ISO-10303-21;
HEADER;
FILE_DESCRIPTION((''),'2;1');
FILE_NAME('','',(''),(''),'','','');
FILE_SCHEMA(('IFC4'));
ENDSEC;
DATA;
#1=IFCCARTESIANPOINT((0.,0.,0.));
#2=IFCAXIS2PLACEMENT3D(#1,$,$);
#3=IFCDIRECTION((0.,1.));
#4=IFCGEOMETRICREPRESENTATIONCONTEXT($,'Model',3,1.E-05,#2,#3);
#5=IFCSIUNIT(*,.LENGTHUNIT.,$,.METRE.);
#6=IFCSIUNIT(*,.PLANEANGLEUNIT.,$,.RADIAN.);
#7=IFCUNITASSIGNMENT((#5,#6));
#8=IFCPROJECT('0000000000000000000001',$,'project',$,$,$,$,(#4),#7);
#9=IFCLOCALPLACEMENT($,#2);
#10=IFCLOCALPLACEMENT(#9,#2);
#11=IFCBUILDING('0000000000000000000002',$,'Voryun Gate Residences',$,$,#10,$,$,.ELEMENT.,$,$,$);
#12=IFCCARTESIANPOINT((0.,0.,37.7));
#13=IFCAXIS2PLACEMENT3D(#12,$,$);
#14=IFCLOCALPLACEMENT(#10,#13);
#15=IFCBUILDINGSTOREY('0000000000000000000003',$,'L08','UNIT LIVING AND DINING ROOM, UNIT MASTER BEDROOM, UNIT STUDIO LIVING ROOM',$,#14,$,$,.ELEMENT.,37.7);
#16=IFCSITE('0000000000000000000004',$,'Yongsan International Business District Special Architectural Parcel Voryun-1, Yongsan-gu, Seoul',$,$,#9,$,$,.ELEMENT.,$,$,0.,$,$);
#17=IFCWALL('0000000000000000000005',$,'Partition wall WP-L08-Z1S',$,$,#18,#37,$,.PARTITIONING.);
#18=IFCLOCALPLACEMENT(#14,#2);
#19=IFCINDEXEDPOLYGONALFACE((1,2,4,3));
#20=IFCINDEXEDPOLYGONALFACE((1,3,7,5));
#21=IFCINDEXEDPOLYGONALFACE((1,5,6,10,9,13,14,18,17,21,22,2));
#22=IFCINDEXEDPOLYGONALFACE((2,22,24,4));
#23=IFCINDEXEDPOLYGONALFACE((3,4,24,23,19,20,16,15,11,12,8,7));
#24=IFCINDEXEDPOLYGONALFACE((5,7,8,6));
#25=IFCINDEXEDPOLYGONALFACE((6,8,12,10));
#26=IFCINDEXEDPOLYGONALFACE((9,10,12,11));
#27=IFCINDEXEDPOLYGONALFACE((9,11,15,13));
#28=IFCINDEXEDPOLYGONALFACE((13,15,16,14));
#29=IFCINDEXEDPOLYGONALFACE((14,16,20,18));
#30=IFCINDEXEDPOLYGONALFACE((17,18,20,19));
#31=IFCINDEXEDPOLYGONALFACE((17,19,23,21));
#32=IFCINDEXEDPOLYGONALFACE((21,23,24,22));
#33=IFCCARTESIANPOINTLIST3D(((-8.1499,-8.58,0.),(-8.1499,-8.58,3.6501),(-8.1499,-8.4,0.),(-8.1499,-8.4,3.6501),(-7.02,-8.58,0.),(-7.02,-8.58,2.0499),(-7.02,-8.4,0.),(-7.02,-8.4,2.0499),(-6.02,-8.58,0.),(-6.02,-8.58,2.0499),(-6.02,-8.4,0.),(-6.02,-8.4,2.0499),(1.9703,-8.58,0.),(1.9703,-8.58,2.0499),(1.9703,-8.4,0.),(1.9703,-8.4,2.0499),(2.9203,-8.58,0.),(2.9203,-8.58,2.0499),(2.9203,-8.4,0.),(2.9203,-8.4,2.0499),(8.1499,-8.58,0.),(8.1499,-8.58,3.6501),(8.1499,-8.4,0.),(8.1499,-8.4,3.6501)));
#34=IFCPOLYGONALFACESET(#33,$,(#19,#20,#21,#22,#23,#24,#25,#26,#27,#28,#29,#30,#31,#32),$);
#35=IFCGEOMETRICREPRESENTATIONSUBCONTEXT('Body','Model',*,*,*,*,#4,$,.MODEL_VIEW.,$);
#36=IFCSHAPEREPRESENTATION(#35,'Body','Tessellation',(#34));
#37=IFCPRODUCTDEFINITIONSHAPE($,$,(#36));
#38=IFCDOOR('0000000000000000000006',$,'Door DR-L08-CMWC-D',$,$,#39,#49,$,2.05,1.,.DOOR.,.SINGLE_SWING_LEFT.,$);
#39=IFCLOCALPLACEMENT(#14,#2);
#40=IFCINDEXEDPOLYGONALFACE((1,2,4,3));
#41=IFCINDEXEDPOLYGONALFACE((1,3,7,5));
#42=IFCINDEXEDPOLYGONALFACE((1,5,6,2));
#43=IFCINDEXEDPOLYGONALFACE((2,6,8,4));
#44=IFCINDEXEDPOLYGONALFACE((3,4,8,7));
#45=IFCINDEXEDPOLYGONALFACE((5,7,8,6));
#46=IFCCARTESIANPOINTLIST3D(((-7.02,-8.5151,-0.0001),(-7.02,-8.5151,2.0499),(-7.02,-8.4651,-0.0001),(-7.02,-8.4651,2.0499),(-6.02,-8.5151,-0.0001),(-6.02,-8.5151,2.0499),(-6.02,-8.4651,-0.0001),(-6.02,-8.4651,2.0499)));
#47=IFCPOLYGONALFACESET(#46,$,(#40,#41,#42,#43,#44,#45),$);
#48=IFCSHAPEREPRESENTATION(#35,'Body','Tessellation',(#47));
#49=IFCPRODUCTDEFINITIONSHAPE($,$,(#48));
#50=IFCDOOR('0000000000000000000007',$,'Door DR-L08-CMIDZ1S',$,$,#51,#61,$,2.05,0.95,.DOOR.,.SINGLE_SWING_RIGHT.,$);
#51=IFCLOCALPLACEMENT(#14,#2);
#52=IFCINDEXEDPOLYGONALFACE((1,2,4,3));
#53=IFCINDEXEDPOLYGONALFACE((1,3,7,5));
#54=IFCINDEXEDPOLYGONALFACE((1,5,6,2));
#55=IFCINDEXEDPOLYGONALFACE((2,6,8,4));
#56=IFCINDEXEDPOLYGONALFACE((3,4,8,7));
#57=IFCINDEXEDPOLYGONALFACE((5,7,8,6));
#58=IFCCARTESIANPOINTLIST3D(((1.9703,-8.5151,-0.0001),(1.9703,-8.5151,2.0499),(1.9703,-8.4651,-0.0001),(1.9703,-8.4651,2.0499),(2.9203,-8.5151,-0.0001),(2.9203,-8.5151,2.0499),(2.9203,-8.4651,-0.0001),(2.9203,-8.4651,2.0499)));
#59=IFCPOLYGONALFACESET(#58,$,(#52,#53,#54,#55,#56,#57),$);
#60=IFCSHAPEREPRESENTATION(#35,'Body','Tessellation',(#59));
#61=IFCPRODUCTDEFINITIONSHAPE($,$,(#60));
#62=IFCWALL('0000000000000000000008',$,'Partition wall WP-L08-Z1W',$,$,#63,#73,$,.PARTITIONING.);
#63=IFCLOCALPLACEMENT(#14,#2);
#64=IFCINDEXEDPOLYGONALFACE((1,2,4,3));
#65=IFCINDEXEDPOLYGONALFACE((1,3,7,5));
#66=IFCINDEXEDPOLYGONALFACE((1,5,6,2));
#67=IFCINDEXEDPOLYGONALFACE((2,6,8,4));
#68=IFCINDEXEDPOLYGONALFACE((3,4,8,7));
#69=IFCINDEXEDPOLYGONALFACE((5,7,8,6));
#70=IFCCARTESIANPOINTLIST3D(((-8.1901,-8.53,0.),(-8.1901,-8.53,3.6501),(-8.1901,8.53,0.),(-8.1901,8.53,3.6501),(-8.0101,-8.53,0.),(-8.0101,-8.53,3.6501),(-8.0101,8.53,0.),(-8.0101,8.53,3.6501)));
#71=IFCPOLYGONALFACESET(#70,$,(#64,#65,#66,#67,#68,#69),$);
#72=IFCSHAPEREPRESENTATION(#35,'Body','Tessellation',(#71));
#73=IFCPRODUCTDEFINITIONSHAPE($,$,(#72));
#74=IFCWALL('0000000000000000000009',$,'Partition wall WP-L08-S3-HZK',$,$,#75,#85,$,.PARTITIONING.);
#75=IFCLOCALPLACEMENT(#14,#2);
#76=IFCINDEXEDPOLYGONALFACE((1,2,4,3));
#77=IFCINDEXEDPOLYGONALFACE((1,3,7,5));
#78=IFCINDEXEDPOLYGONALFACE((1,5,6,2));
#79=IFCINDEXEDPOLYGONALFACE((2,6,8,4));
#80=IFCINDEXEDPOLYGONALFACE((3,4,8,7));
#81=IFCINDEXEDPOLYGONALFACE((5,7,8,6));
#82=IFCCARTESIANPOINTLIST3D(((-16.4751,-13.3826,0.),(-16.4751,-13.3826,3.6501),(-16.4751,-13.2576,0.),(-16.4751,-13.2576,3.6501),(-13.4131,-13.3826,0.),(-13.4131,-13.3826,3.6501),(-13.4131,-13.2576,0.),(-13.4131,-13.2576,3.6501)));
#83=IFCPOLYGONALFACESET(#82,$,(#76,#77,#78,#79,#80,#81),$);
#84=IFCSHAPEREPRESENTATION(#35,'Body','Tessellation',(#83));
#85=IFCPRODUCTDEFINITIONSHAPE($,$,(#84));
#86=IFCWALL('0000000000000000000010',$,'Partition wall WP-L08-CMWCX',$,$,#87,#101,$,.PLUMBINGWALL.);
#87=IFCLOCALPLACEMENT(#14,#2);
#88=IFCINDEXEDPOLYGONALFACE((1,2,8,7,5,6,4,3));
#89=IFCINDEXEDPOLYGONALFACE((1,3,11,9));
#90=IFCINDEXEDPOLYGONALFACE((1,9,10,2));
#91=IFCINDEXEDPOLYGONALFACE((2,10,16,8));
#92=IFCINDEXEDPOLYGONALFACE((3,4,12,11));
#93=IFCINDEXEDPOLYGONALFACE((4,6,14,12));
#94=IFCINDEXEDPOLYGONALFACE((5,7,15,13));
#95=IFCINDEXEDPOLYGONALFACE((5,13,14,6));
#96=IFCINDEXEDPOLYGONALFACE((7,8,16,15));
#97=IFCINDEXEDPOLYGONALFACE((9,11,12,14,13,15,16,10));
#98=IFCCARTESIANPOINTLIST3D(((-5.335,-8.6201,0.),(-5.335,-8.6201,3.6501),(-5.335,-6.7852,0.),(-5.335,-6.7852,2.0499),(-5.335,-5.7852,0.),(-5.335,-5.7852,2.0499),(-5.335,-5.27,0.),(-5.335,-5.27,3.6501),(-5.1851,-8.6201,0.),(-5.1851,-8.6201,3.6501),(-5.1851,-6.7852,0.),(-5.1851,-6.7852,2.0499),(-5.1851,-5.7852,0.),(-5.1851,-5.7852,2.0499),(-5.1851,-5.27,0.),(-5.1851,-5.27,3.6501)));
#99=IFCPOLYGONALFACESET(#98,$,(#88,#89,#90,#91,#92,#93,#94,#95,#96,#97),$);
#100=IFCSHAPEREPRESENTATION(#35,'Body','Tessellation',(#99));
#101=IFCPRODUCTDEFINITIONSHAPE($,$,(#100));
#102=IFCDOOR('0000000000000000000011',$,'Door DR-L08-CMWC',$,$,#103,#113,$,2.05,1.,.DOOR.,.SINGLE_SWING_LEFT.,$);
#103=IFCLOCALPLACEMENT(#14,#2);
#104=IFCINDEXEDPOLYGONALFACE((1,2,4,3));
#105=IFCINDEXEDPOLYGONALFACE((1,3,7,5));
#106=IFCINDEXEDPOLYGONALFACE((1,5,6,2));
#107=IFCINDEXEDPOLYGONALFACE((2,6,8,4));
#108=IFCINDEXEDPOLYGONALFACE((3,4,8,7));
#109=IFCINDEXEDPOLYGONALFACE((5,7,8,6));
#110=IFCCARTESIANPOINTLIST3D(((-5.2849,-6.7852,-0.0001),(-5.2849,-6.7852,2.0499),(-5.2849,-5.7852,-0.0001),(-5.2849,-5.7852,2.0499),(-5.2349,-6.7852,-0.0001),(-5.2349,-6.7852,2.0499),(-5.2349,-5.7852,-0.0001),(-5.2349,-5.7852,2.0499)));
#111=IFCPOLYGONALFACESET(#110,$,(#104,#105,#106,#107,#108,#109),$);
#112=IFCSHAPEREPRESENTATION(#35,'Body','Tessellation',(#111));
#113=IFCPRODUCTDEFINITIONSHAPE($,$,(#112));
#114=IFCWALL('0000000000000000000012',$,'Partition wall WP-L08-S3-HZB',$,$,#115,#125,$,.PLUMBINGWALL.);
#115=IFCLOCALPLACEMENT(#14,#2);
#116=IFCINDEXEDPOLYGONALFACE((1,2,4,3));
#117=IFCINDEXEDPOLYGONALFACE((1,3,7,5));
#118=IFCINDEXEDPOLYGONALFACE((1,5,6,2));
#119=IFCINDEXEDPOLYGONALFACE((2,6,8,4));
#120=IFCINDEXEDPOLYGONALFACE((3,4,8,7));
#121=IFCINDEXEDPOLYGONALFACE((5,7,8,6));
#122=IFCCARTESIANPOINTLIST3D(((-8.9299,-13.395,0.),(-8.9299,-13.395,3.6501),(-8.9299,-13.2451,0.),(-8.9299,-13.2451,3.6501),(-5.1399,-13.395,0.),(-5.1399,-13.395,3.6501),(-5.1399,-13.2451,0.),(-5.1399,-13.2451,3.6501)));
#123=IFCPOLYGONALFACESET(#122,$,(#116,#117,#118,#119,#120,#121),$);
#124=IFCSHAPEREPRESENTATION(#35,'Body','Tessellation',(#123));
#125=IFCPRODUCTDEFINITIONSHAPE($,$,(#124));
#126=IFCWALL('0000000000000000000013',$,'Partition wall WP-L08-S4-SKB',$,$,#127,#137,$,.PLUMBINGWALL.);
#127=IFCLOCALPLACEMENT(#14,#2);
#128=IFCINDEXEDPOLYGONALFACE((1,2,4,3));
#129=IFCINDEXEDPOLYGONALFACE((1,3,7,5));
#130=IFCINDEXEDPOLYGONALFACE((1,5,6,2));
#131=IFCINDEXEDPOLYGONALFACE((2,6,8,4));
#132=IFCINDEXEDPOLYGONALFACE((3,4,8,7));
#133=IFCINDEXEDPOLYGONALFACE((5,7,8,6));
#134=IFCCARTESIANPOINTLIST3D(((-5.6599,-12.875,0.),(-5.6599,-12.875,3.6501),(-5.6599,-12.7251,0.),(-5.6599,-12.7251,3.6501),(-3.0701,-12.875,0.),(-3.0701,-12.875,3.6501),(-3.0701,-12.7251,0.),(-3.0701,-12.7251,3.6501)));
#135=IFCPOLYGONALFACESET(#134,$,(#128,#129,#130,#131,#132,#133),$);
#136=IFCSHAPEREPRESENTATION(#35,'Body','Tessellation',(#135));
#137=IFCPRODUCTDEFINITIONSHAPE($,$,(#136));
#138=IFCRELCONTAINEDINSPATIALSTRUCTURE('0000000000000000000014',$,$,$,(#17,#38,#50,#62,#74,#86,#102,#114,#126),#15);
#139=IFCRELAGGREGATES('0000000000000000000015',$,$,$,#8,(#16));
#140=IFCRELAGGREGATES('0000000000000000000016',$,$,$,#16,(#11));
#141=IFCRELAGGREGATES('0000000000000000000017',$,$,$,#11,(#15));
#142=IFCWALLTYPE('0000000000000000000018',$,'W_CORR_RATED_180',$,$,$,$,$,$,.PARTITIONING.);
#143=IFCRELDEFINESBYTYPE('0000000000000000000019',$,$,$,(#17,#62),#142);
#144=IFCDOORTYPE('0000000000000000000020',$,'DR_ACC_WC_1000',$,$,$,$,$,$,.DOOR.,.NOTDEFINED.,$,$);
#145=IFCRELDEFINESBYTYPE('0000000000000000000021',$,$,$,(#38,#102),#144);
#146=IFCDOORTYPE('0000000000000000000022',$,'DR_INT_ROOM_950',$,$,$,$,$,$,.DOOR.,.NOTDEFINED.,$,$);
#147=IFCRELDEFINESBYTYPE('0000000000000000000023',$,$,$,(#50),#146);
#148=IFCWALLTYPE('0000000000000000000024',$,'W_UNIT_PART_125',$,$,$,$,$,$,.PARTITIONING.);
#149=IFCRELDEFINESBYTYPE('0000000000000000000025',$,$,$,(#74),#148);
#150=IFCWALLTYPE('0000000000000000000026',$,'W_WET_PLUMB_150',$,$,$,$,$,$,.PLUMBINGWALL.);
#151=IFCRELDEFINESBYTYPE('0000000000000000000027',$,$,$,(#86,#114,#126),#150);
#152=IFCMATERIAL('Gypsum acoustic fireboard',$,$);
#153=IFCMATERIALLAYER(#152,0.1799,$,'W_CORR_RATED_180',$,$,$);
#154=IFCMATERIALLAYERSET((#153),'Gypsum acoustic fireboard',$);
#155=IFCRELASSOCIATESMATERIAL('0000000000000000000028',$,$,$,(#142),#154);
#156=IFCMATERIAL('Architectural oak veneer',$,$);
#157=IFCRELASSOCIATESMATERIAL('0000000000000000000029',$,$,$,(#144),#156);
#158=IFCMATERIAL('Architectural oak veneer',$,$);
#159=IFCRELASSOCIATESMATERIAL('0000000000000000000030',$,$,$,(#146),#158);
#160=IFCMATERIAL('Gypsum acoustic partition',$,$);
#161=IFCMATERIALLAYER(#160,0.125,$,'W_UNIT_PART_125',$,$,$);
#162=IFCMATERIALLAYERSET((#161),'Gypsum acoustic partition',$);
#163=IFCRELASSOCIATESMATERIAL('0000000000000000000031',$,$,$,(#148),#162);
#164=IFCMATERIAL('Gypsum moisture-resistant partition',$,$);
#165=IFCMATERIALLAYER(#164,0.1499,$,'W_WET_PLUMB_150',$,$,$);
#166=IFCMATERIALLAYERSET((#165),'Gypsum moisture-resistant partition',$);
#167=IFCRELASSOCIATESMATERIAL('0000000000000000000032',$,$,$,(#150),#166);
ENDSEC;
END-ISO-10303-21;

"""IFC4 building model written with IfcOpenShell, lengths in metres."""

from ifc_helpers import new_model, si_unit, direction, frame, frame_2d, origin, place, context, subcontext, project, spatial, rectangle, extrude, material, layer, layer_set, type_object, element, fill, save


model = new_model("IFC4")

# Units and contexts
model_context = context("Model", 3, precision=1e-05, world=origin(), true_north=direction((0.0, 1.0)))
body_context = subcontext(model_context, "Body", "Model", "MODEL_VIEW")
ifc_project = project(units=[si_unit("LENGTHUNIT", "METRE"), si_unit("PLANEANGLEUNIT", "RADIAN")], contexts=[model_context])

# Site, building, storey
site_placement = place(None, origin())
site = spatial("IfcSite", under=ifc_project, at=site_placement, Name="Yongsan International Business District Special Architectural Parcel Voryun-1, Yongsan-gu, Seoul", CompositionType="ELEMENT", RefElevation=0.0)
building_placement = place(site_placement, origin())
building = spatial("IfcBuilding", under=site, at=building_placement, Name="Voryun Gate Residences", CompositionType="ELEMENT")
storey_placement = place(building_placement, frame((0.0, 0.0, 37.7)))
storey = spatial("IfcBuildingStorey", under=building, at=storey_placement, Name="L08", Description="UNIT LIVING AND DINING ROOM, UNIT MASTER BEDROOM, UNIT STUDIO LIVING ROOM", CompositionType="ELEMENT", Elevation=37.7)

# Shared definitions
ifc_material_1 = material(Name="Gypsum acoustic fireboard")
ifc_layer_1 = layer(ifc_material_1, 0.1799, Name="W_CORR_RATED_180")
ifc_layer_set_1 = layer_set([ifc_layer_1], Name="Gypsum acoustic fireboard")
wall_type_1 = type_object("IfcWallType", Name="W_CORR_RATED_180", PredefinedType="PARTITIONING", material=ifc_layer_set_1)

# Wall, openings, doors
wall_1_placement = place(storey_placement, frame((-8.1499, -8.49, 0.0), z_axis=(0.0, 0.0, 1.0), x_axis=(1.0, 0.0, 0.0)))
wall_1 = element("IfcWall", 1, at=wall_1_placement, inside=storey, type_object=wall_type_1, Name="Partition wall WP-L08-Z1S", PredefinedType="PARTITIONING", context=body_context, shape_type="SweptSolid", body=[
    extrude(rectangle(XDim=16.2998, YDim=0.1799, at=frame_2d((8.1499, 0.0))), origin(), (0.0, 0.0, 1.0), 3.6501),
])
opening_1_placement = place(wall_1_placement, frame((1.1299, 0.0, 0.0)))
opening_1 = element("IfcOpeningElement", 2, at=opening_1_placement, cuts=wall_1, PredefinedType="OPENING", context=body_context, shape_type="SweptSolid", body=[
    extrude(rectangle(XDim=1.0, YDim=2.05, at=frame_2d((0.5, 1.0249))), frame((0.0, 0.0999, 0.0), z_axis=(0.0, -1.0, 0.0), x_axis=(1.0, 0.0, 0.0)), (0.0, 0.0, 1.0), 0.2),
])
opening_2_placement = place(wall_1_placement, frame((10.1201, 0.0, 0.0)))
opening_2 = element("IfcOpeningElement", 3, at=opening_2_placement, cuts=wall_1, PredefinedType="OPENING", context=body_context, shape_type="SweptSolid", body=[
    extrude(rectangle(XDim=0.95, YDim=2.05, at=frame_2d((0.4751, 1.0249))), frame((0.0, 0.0999, 0.0), z_axis=(0.0, -1.0, 0.0), x_axis=(1.0, 0.0, 0.0)), (0.0, 0.0, 1.0), 0.2),
])
ifc_material_2 = material(Name="Architectural oak veneer")
door_type_1 = type_object("IfcDoorType", Name="DR_ACC_WC_1000", OperationType="NOTDEFINED", PredefinedType="DOOR", material=ifc_material_2)
door_1_placement = place(opening_1_placement, origin())
door_1 = element("IfcDoor", 4, at=door_1_placement, inside=storey, type_object=door_type_1, Name="Door DR-L08-CMWC-D", OperationType="SINGLE_SWING_LEFT", OverallHeight=2.05, OverallWidth=1.0, PredefinedType="DOOR", context=body_context, shape_type="SweptSolid", body=[
    extrude(rectangle(XDim=1.0, YDim=2.05, at=frame_2d((0.5, 1.0249))), frame((0.0, 0.0249, 0.0), z_axis=(0.0, -1.0, 0.0), x_axis=(1.0, 0.0, 0.0)), (0.0, 0.0, 1.0), 0.05),
])
fill(opening_1, door_1)
ifc_material_3 = material(Name="Architectural oak veneer")
door_type_2 = type_object("IfcDoorType", Name="DR_INT_ROOM_950", OperationType="NOTDEFINED", PredefinedType="DOOR", material=ifc_material_3)
door_2_placement = place(opening_2_placement, origin())
door_2 = element("IfcDoor", 5, at=door_2_placement, inside=storey, type_object=door_type_2, Name="Door DR-L08-CMIDZ1S", OperationType="SINGLE_SWING_RIGHT", OverallHeight=2.05, OverallWidth=0.95, PredefinedType="DOOR", context=body_context, shape_type="SweptSolid", body=[
    extrude(rectangle(XDim=0.95, YDim=2.05, at=frame_2d((0.4751, 1.0249))), frame((0.0, 0.0249, 0.0), z_axis=(0.0, -1.0, 0.0), x_axis=(1.0, 0.0, 0.0)), (0.0, 0.0, 1.0), 0.05),
])
fill(opening_2, door_2)

# Walls
wall_2_placement = place(storey_placement, frame((-8.1001, -8.53, 0.0), z_axis=(0.0, 0.0, 1.0), x_axis=(0.0, 1.0, 0.0)))
element("IfcWall", 6, at=wall_2_placement, inside=storey, type_object=wall_type_1, Name="Partition wall WP-L08-Z1W", PredefinedType="PARTITIONING", context=body_context, shape_type="SweptSolid", body=[
    extrude(rectangle(XDim=17.0601, YDim=0.1799, at=frame_2d((8.53, 0.0))), origin(), (0.0, 0.0, 1.0), 3.6501),
])
ifc_material_4 = material(Name="Gypsum acoustic partition")
ifc_layer_2 = layer(ifc_material_4, 0.125, Name="W_UNIT_PART_125")
ifc_layer_set_2 = layer_set([ifc_layer_2], Name="Gypsum acoustic partition")
wall_type_2 = type_object("IfcWallType", Name="W_UNIT_PART_125", PredefinedType="PARTITIONING", material=ifc_layer_set_2)
wall_3_placement = place(storey_placement, frame((-16.4751, -13.3201, 0.0), z_axis=(0.0, 0.0, 1.0), x_axis=(1.0, 0.0, 0.0)))
element("IfcWall", 7, at=wall_3_placement, inside=storey, type_object=wall_type_2, Name="Partition wall WP-L08-S3-HZK", PredefinedType="PARTITIONING", context=body_context, shape_type="SweptSolid", body=[
    extrude(rectangle(XDim=3.062, YDim=0.125, at=frame_2d((1.531, 0.0))), origin(), (0.0, 0.0, 1.0), 3.6501),
])

# Wall, opening, door
ifc_material_5 = material(Name="Gypsum moisture-resistant partition")
ifc_layer_3 = layer(ifc_material_5, 0.1499, Name="W_WET_PLUMB_150")
ifc_layer_set_3 = layer_set([ifc_layer_3], Name="Gypsum moisture-resistant partition")
wall_type_3 = type_object("IfcWallType", Name="W_WET_PLUMB_150", PredefinedType="PLUMBINGWALL", material=ifc_layer_set_3)
wall_4_placement = place(storey_placement, frame((-5.26, -8.6201, 0.0), z_axis=(0.0, 0.0, 1.0), x_axis=(0.0, 1.0, 0.0)))
wall_4 = element("IfcWall", 8, at=wall_4_placement, inside=storey, type_object=wall_type_3, Name="Partition wall WP-L08-CMWCX", PredefinedType="PLUMBINGWALL", context=body_context, shape_type="SweptSolid", body=[
    extrude(rectangle(XDim=3.3501, YDim=0.1499, at=frame_2d((1.675, 0.0))), origin(), (0.0, 0.0, 1.0), 3.6501),
])
opening_3_placement = place(wall_4_placement, frame((1.835, 0.0, 0.0)))
opening_3 = element("IfcOpeningElement", 9, at=opening_3_placement, cuts=wall_4, PredefinedType="OPENING", context=body_context, shape_type="SweptSolid", body=[
    extrude(rectangle(XDim=1.0, YDim=2.05, at=frame_2d((0.5, 1.0249))), frame((0.0, 0.085, 0.0), z_axis=(0.0, -1.0, 0.0), x_axis=(1.0, 0.0, 0.0)), (0.0, 0.0, 1.0), 0.1699),
])
door_3_placement = place(opening_3_placement, origin())
door_3 = element("IfcDoor", 10, at=door_3_placement, inside=storey, type_object=door_type_1, Name="Door DR-L08-CMWC", OperationType="SINGLE_SWING_LEFT", OverallHeight=2.05, OverallWidth=1.0, PredefinedType="DOOR", context=body_context, shape_type="SweptSolid", body=[
    extrude(rectangle(XDim=1.0, YDim=2.05, at=frame_2d((0.5, 1.0249))), frame((0.0, 0.0249, 0.0), z_axis=(0.0, -1.0, 0.0), x_axis=(1.0, 0.0, 0.0)), (0.0, 0.0, 1.0), 0.05),
])
fill(opening_3, door_3)

# Walls
wall_5_placement = place(storey_placement, frame((-8.9299, -13.3201, 0.0), z_axis=(0.0, 0.0, 1.0), x_axis=(1.0, 0.0, 0.0)))
element("IfcWall", 11, at=wall_5_placement, inside=storey, type_object=wall_type_3, Name="Partition wall WP-L08-S3-HZB", PredefinedType="PLUMBINGWALL", context=body_context, shape_type="SweptSolid", body=[
    extrude(rectangle(XDim=3.79, YDim=0.1499, at=frame_2d((1.895, 0.0))), origin(), (0.0, 0.0, 1.0), 3.6501),
])
wall_6_placement = place(storey_placement, frame((-5.6599, -12.8, 0.0), z_axis=(0.0, 0.0, 1.0), x_axis=(1.0, 0.0, 0.0)))
element("IfcWall", 12, at=wall_6_placement, inside=storey, type_object=wall_type_3, Name="Partition wall WP-L08-S4-SKB", PredefinedType="PLUMBINGWALL", context=body_context, shape_type="SweptSolid", body=[
    extrude(rectangle(XDim=2.5898, YDim=0.1499, at=frame_2d((1.2949, 0.0))), origin(), (0.0, 0.0, 1.0), 3.6501),
])

save(model, "model.ifc")
